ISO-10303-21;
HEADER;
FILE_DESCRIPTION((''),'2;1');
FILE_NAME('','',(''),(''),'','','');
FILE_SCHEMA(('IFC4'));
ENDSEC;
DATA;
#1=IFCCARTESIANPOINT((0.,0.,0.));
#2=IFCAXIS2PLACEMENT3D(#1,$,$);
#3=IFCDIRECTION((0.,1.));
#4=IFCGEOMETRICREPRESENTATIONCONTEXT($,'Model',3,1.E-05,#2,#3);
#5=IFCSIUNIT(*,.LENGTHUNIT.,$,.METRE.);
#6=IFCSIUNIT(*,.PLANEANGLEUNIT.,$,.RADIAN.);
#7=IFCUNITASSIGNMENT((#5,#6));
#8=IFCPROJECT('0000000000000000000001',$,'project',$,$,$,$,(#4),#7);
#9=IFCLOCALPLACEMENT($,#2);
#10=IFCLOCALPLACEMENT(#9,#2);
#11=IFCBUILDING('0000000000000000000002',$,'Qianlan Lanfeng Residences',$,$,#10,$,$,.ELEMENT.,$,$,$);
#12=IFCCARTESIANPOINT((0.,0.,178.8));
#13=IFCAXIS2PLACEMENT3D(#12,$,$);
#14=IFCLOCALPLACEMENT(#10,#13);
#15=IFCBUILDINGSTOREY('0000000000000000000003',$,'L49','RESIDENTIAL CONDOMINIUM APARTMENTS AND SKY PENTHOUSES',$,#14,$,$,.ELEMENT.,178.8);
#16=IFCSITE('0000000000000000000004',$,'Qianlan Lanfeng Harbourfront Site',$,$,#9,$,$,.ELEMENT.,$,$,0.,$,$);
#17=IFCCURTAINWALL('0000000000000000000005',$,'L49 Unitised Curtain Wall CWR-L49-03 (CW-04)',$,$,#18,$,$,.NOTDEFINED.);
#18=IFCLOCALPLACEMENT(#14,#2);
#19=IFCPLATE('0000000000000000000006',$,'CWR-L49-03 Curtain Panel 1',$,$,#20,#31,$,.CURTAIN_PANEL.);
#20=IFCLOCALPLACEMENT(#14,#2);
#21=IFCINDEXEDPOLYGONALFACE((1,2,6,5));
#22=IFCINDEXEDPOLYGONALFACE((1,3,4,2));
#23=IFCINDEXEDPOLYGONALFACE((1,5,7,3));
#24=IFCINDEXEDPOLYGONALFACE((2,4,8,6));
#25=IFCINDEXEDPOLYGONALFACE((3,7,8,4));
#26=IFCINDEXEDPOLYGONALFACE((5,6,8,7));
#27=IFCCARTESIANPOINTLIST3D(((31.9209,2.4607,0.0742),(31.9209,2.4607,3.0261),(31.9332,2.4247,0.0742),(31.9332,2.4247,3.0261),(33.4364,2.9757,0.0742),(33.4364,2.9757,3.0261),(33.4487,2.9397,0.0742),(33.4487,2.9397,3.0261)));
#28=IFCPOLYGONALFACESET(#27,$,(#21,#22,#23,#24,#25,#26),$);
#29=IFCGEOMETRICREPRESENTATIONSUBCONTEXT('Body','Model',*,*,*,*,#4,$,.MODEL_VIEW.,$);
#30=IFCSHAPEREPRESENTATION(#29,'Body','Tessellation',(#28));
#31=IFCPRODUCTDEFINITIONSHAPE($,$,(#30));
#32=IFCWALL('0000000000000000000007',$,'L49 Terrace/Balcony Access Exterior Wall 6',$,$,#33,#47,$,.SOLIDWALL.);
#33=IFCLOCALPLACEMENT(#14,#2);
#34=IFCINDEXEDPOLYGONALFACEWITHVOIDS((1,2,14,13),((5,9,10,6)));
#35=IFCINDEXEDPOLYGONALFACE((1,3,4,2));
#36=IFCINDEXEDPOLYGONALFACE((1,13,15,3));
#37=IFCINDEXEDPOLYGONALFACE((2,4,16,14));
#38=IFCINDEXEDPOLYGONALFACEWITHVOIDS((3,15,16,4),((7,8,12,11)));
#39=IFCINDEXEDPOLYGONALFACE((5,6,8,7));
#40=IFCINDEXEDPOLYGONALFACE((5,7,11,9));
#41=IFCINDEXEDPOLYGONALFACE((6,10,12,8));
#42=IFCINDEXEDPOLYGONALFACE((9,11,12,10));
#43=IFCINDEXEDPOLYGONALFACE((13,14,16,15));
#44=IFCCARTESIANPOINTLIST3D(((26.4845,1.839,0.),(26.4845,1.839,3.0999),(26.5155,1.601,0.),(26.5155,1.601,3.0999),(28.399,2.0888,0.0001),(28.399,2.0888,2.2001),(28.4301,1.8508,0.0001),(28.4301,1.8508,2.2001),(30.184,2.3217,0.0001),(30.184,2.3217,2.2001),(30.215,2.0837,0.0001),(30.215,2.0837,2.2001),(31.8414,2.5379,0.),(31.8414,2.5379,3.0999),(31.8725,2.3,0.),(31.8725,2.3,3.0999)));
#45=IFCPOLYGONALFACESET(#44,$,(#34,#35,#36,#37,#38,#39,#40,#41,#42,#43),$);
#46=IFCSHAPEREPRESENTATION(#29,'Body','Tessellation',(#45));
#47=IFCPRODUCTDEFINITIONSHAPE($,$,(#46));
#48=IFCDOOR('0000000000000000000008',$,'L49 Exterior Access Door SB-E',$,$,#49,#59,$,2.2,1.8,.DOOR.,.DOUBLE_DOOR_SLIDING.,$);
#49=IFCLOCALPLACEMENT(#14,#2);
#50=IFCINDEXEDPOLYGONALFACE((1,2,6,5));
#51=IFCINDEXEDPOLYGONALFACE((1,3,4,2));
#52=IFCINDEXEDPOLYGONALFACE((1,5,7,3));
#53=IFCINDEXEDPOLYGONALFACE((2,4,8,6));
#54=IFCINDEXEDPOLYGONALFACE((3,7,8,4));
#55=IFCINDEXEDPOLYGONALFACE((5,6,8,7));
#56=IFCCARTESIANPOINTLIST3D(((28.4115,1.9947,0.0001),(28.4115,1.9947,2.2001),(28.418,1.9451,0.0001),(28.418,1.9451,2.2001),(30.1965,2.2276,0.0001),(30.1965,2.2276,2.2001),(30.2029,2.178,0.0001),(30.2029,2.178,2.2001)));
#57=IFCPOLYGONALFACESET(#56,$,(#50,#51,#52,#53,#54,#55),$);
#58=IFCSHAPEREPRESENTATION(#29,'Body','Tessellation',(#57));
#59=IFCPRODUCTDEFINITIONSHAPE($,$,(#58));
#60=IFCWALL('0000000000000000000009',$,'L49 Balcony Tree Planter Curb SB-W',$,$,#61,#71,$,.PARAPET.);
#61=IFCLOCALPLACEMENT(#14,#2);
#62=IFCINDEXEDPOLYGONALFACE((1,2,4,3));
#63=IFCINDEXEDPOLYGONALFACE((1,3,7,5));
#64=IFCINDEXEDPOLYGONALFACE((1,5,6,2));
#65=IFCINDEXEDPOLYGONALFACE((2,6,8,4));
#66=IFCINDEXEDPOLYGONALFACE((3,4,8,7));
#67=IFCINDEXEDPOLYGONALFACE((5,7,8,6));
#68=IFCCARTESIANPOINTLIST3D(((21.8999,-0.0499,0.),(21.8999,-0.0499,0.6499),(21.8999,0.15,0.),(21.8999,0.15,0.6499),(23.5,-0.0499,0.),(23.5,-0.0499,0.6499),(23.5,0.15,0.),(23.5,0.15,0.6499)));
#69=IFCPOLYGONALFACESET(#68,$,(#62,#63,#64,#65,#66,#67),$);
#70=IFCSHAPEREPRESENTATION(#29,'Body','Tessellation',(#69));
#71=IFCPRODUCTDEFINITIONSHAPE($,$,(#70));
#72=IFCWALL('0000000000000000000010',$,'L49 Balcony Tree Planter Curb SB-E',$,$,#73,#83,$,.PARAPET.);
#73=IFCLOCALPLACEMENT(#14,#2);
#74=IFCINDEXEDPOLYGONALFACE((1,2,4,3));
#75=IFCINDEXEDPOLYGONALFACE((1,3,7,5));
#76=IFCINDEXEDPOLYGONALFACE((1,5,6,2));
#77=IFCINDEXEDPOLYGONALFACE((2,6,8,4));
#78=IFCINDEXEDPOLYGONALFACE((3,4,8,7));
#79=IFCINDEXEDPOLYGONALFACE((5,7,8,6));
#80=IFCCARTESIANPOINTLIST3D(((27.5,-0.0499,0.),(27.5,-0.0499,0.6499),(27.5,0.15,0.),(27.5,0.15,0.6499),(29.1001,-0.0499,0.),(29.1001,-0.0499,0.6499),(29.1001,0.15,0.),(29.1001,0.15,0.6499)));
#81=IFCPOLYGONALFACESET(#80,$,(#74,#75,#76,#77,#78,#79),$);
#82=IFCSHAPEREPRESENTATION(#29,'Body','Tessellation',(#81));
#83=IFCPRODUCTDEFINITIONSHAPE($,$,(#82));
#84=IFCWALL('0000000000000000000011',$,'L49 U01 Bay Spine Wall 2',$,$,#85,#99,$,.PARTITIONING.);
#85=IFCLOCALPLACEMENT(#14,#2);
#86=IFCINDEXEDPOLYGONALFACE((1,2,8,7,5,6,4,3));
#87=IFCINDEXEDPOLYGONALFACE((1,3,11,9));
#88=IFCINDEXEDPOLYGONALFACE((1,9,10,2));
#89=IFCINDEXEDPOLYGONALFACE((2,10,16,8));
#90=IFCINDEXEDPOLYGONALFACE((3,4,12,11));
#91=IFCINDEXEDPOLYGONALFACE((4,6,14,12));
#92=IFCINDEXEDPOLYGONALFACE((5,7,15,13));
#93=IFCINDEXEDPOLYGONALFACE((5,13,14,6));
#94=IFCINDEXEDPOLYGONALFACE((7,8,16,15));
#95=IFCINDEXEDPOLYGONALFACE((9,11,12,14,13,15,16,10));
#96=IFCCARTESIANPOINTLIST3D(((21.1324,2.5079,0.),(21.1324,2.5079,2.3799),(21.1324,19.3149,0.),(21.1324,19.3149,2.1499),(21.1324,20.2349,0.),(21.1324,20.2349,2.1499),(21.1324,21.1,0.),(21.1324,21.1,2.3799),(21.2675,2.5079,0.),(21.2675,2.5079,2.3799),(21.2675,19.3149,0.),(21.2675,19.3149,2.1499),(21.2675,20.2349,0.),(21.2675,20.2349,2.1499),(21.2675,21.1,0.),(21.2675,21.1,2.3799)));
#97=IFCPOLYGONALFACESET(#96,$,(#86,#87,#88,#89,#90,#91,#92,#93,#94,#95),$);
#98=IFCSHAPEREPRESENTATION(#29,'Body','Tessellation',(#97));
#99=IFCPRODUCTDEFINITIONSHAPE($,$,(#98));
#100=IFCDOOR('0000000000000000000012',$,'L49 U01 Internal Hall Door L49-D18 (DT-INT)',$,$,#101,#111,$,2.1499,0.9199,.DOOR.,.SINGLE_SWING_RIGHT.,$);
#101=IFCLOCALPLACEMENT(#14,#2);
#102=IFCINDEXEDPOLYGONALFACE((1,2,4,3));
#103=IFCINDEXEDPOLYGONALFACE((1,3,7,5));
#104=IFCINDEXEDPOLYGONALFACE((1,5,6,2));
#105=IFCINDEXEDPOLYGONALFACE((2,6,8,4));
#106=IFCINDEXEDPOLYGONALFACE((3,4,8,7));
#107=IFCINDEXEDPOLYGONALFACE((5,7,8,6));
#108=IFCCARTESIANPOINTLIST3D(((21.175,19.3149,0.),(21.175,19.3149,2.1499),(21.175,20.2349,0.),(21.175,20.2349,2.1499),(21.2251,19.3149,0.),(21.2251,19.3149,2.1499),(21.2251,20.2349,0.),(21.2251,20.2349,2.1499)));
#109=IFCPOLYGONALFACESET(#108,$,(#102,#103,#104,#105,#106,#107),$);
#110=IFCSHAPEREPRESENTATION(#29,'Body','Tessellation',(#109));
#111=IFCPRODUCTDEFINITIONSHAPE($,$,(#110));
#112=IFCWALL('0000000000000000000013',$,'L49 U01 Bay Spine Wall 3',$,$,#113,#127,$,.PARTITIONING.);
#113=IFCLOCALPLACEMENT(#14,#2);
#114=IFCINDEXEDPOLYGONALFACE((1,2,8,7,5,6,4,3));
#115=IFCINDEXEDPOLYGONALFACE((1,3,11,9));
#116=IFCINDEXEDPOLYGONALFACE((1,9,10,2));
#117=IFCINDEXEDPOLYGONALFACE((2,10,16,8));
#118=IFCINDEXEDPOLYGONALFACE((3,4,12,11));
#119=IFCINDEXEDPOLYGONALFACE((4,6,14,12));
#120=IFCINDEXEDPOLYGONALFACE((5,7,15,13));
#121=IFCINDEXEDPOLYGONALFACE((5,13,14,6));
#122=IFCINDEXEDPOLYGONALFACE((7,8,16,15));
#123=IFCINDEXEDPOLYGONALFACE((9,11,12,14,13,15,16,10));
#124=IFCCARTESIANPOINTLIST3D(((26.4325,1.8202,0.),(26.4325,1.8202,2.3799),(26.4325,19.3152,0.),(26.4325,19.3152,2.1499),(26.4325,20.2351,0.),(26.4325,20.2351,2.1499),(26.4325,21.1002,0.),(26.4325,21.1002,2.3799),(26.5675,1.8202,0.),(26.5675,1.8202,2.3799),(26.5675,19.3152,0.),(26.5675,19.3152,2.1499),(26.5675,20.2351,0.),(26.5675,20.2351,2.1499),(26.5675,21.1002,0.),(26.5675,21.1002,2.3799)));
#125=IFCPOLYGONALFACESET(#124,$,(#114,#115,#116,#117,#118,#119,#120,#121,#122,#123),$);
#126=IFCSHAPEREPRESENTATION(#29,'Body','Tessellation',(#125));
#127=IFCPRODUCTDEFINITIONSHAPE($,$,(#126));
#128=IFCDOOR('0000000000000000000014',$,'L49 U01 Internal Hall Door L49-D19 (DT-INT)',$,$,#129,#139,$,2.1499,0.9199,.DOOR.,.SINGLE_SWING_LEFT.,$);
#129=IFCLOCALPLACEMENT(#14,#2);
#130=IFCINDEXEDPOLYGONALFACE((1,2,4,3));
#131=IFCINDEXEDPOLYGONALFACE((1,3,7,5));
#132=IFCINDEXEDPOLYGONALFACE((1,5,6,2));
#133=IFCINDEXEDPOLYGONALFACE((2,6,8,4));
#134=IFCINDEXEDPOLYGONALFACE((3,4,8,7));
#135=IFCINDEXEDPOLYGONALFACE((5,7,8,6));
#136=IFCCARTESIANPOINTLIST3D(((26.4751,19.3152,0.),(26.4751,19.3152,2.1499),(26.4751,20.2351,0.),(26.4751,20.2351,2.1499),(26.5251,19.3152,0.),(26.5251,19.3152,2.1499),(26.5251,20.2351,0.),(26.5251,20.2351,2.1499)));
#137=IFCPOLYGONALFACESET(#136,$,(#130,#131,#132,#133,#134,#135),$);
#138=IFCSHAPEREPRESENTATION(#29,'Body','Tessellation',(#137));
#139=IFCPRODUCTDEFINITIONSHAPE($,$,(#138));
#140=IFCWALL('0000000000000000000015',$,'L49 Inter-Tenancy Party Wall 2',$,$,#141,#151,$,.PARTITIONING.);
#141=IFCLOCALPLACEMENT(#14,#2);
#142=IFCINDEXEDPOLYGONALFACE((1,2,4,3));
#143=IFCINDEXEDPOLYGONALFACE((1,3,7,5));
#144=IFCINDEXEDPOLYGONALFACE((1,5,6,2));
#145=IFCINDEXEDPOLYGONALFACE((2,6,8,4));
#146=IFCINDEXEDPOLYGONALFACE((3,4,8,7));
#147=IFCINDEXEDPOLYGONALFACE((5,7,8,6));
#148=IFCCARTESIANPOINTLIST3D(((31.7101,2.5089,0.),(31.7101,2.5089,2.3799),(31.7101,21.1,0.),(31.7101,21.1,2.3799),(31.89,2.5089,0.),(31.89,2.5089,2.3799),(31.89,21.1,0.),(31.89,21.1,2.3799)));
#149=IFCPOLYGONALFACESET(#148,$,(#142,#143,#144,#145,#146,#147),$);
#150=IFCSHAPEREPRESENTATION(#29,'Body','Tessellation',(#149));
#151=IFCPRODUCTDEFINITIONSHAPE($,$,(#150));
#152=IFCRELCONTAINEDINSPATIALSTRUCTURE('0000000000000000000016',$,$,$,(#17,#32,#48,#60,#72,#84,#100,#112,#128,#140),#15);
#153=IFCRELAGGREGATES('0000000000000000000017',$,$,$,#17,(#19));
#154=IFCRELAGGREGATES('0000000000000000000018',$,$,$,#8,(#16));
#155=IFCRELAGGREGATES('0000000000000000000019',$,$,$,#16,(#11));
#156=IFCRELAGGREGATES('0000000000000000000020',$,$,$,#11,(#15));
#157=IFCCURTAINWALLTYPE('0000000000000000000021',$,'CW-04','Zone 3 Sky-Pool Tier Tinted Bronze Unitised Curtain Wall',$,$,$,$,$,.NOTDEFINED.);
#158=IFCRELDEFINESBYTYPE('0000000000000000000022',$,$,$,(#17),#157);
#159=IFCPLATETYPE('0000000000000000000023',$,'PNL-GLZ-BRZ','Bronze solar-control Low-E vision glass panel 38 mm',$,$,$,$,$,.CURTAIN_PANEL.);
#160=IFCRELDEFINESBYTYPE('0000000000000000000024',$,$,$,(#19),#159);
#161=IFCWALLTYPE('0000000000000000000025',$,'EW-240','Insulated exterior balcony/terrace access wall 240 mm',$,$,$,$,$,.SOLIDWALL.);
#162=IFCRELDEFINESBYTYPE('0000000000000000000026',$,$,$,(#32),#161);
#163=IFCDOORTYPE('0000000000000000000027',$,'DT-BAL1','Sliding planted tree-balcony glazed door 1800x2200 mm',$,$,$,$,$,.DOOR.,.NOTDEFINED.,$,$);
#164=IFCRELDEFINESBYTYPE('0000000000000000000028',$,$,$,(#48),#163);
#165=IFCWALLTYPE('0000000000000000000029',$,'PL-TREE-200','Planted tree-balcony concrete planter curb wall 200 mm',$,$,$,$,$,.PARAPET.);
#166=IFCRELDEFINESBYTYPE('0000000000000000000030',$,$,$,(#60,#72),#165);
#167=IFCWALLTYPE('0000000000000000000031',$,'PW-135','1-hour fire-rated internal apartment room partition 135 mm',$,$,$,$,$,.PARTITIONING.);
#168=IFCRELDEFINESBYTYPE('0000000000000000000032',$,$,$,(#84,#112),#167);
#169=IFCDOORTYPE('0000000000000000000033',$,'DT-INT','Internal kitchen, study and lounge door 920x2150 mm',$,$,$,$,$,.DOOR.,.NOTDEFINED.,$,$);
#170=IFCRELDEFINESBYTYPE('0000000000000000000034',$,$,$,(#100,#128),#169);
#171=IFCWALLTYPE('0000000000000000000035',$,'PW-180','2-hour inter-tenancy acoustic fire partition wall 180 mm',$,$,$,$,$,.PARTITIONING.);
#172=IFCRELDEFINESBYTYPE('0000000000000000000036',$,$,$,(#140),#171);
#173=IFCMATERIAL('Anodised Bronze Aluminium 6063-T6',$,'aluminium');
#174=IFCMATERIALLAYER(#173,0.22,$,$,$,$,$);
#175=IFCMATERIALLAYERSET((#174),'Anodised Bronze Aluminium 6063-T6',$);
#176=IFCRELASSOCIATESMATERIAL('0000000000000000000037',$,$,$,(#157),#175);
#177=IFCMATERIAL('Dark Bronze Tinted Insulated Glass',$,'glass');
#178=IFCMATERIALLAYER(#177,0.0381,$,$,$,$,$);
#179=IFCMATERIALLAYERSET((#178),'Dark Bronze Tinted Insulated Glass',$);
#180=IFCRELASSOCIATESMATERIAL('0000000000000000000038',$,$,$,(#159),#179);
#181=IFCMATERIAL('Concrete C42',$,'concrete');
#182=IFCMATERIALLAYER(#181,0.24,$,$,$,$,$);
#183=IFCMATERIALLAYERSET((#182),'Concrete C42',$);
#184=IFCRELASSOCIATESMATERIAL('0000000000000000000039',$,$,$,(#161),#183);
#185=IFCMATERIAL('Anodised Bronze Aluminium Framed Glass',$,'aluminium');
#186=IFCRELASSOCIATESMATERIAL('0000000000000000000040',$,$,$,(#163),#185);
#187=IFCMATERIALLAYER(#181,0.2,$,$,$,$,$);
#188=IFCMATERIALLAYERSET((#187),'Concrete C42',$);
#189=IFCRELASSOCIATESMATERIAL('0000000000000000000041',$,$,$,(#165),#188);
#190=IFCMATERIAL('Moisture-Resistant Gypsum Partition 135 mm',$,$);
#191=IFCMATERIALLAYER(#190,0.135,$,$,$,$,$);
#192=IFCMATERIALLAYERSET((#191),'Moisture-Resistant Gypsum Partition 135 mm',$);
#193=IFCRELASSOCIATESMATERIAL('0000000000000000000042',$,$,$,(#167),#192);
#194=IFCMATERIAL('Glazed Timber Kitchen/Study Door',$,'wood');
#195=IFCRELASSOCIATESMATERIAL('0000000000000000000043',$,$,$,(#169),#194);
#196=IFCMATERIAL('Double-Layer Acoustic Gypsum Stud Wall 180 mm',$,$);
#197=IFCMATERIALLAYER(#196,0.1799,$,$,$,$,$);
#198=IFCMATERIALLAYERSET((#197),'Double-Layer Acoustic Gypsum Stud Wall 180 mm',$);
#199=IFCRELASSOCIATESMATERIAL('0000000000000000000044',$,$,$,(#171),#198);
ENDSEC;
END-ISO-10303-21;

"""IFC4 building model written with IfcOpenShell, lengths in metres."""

from ifc_helpers import new_model, si_unit, direction, frame, frame_2d, origin, origin_2d, place, context, subcontext, project, spatial, rectangle, extrude, source, transform, mapped, material, layer, layer_set, type_object, element, fill, aggregate, save


model = new_model("IFC4")

# Units and contexts
model_context = context("Model", 3, precision=1e-05, world=origin(), true_north=direction((0.0, 1.0)))
body_context = subcontext(model_context, "Body", "Model", "MODEL_VIEW")
ifc_project = project(units=[si_unit("LENGTHUNIT", "METRE"), si_unit("PLANEANGLEUNIT", "RADIAN")], contexts=[model_context])

# Site, building, storey
site_placement = place(None, origin())
site = spatial("IfcSite", under=ifc_project, at=site_placement, Name="Qianlan Lanfeng Harbourfront Site", CompositionType="ELEMENT", RefElevation=0.0)
building_placement = place(site_placement, origin())
building = spatial("IfcBuilding", under=site, at=building_placement, Name="Qianlan Lanfeng Residences", CompositionType="ELEMENT")
storey_placement = place(building_placement, frame((0.0, 0.0, 178.8)))
storey = spatial("IfcBuildingStorey", under=building, at=storey_placement, Name="L49", Description="RESIDENTIAL CONDOMINIUM APARTMENTS AND SKY PENTHOUSES", CompositionType="ELEMENT", Elevation=178.8)

# Curtain wall, plate
ifc_material_1 = material(Name="Anodised Bronze Aluminium 6063-T6", Category="aluminium")
ifc_layer_1 = layer(ifc_material_1, 0.22)
ifc_layer_set_1 = layer_set([ifc_layer_1], Name="Anodised Bronze Aluminium 6063-T6")
curtain_wall_type = type_object("IfcCurtainWallType", Name="CW-04", Description="Zone 3 Sky-Pool Tier Tinted Bronze Unitised Curtain Wall", PredefinedType="NOTDEFINED", material=ifc_layer_set_1)
curtain_wall_placement = place(storey_placement, origin())
curtain_wall = element("IfcCurtainWall", 1, at=curtain_wall_placement, inside=storey, type_object=curtain_wall_type, Name="L49 Unitised Curtain Wall CWR-L49-03 (CW-04)", PredefinedType="NOTDEFINED")
ifc_material_2 = material(Name="Dark Bronze Tinted Insulated Glass", Category="glass")
ifc_layer_2 = layer(ifc_material_2, 0.0381)
ifc_layer_set_2 = layer_set([ifc_layer_2], Name="Dark Bronze Tinted Insulated Glass")
plate_type = type_object("IfcPlateType", Name="PNL-GLZ-BRZ", Description="Bronze solar-control Low-E vision glass panel 38 mm", PredefinedType="CURTAIN_PANEL", material=ifc_layer_set_2)
shared_shape_1 = source(origin(), body_context, "Body", "SweptSolid", [
    extrude(rectangle(XDim=1.6006, YDim=0.0381, at=origin_2d()), origin(), (0.0, 0.0, 1.0), 2.9519),
])
plate_placement = place(storey_placement, frame((32.6848, 2.7002, 0.0742), z_axis=(0.0, 0.0, 1.0), x_axis=(0.946826, 0.321745, 0.0)))
plate = element("IfcPlate", 2, at=plate_placement, type_object=plate_type, Name="CWR-L49-03 Curtain Panel 1", PredefinedType="CURTAIN_PANEL", context=body_context, shape_type="MappedRepresentation", body=[
    mapped(shared_shape_1, transform((0.0, 0.0, 0.0), scale=1.0)),
])
aggregate(curtain_wall, [plate])

# Wall, opening, door
ifc_material_3 = material(Name="Concrete C42", Category="concrete")
ifc_layer_3 = layer(ifc_material_3, 0.24)
ifc_layer_set_3 = layer_set([ifc_layer_3], Name="Concrete C42")
wall_type_1 = type_object("IfcWallType", Name="EW-240", Description="Insulated exterior balcony/terrace access wall 240 mm", PredefinedType="SOLIDWALL", material=ifc_layer_set_3)
wall_1_placement = place(storey_placement, frame((26.5, 1.72, 0.0), z_axis=(0.0, 0.0, 1.0), x_axis=(0.991595, 0.129384, 0.0)))
wall_1 = element("IfcWall", 3, at=wall_1_placement, inside=storey, type_object=wall_type_1, Name="L49 Terrace/Balcony Access Exterior Wall 6", PredefinedType="SOLIDWALL", context=body_context, shape_type="SweptSolid", body=[
    extrude(rectangle(XDim=5.4023, YDim=0.24, at=frame_2d((2.7012, 0.0))), origin(), (0.0, 0.0, 1.0), 3.0999),
])
opening_1_placement = place(wall_1_placement, frame((1.9309, 0.0, 0.0)))
opening_1 = element("IfcOpeningElement", 4, at=opening_1_placement, cuts=wall_1, PredefinedType="OPENING", context=body_context, shape_type="SweptSolid", body=[
    extrude(rectangle(XDim=1.8, YDim=2.2, at=frame_2d((0.8999, 1.1001))), frame((0.0, 0.1299, 0.0), z_axis=(0.0, -1.0, 0.0), x_axis=(1.0, 0.0, 0.0)), (0.0, 0.0, 1.0), 0.26),
])
ifc_material_4 = material(Name="Anodised Bronze Aluminium Framed Glass", Category="aluminium")
door_type_1 = type_object("IfcDoorType", Name="DT-BAL1", Description="Sliding planted tree-balcony glazed door 1800x2200 mm", OperationType="NOTDEFINED", PredefinedType="DOOR", material=ifc_material_4)
door_1_placement = place(opening_1_placement, frame((1.8, 0.0, 0.0), z_axis=(0.0, 0.0, 1.0), x_axis=(-1.0, 0.0, 0.0)))
door_1 = element("IfcDoor", 5, at=door_1_placement, inside=storey, type_object=door_type_1, Name="L49 Exterior Access Door SB-E", OperationType="DOUBLE_DOOR_SLIDING", OverallHeight=2.2, OverallWidth=1.8, PredefinedType="DOOR", context=body_context, shape_type="SweptSolid", body=[
    extrude(rectangle(XDim=1.8, YDim=2.2, at=frame_2d((0.8999, 1.1001))), frame((0.0, 0.0249, 0.0), z_axis=(0.0, -1.0, 0.0), x_axis=(1.0, 0.0, 0.0)), (0.0, 0.0, 1.0), 0.05),
])
fill(opening_1, door_1)

# Walls
ifc_layer_4 = layer(ifc_material_3, 0.2)
ifc_layer_set_4 = layer_set([ifc_layer_4], Name="Concrete C42")
wall_type_2 = type_object("IfcWallType", Name="PL-TREE-200", Description="Planted tree-balcony concrete planter curb wall 200 mm", PredefinedType="PARAPET", material=ifc_layer_set_4)
for number, where, z_axis, x_axis, name in (
    (6, (21.8999, 0.05, 0.0), (0.0, 0.0, 1.0), (1.0, 0.0, 0.0), "L49 Balcony Tree Planter Curb SB-W"),
    (7, (27.5, 0.05, 0.0), (0.0, 0.0, 1.0), (1.0, 0.0, 0.0), "L49 Balcony Tree Planter Curb SB-E"),
):
    element("IfcWall", number, at=place(storey_placement, frame(where, z_axis=z_axis, x_axis=x_axis)), inside=storey, type_object=wall_type_2, Name=name, PredefinedType="PARAPET", context=body_context, shape_type="SweptSolid", body=[
        extrude(rectangle(XDim=1.6001, YDim=0.2, at=frame_2d((0.8, 0.0))), origin(), (0.0, 0.0, 1.0), 0.6499),
    ])

# Walls, openings, doors
ifc_material_5 = material(Name="Moisture-Resistant Gypsum Partition 135 mm")
ifc_layer_5 = layer(ifc_material_5, 0.135)
ifc_layer_set_5 = layer_set([ifc_layer_5], Name="Moisture-Resistant Gypsum Partition 135 mm")
wall_type_3 = type_object("IfcWallType", Name="PW-135", Description="1-hour fire-rated internal apartment room partition 135 mm", PredefinedType="PARTITIONING", material=ifc_layer_set_5)
wall_2_placement = place(storey_placement, frame((21.2, 2.5081, 0.0), z_axis=(0.0, 0.0, 1.0), x_axis=(0.0, 1.0, 0.0)))
wall_2 = element("IfcWall", 8, at=wall_2_placement, inside=storey, type_object=wall_type_3, Name="L49 U01 Bay Spine Wall 2", PredefinedType="PARTITIONING", context=body_context, shape_type="SweptSolid", body=[
    extrude(rectangle(XDim=18.592, YDim=0.135, at=frame_2d((9.2959, 0.0))), origin(), (0.0, 0.0, 1.0), 2.3799),
])
opening_2_placement = place(wall_2_placement, frame((16.8069, 0.0, 0.0)))
opening_2 = element("IfcOpeningElement", 9, at=opening_2_placement, cuts=wall_2, PredefinedType="OPENING", context=body_context, shape_type="SweptSolid", body=[
    extrude(rectangle(XDim=0.9199, YDim=2.1499, at=frame_2d((0.46, 1.075))), frame((0.0, 0.0776, 0.0), z_axis=(0.0, -1.0, 0.0), x_axis=(1.0, 0.0, 0.0)), (0.0, 0.0, 1.0), 0.155),
])
ifc_material_6 = material(Name="Glazed Timber Kitchen/Study Door", Category="wood")
door_type_2 = type_object("IfcDoorType", Name="DT-INT", Description="Internal kitchen, study and lounge door 920x2150 mm", OperationType="NOTDEFINED", PredefinedType="DOOR", material=ifc_material_6)
door_2_placement = place(opening_2_placement, origin())
door_2 = element("IfcDoor", 10, at=door_2_placement, inside=storey, type_object=door_type_2, Name="L49 U01 Internal Hall Door L49-D18 (DT-INT)", OperationType="SINGLE_SWING_RIGHT", OverallHeight=2.1499, OverallWidth=0.9199, PredefinedType="DOOR", context=body_context, shape_type="SweptSolid", body=[
    extrude(rectangle(XDim=0.9199, YDim=2.1499, at=frame_2d((0.46, 1.075))), frame((0.0, 0.0249, 0.0), z_axis=(0.0, -1.0, 0.0), x_axis=(1.0, 0.0, 0.0)), (0.0, 0.0, 1.0), 0.05),
])
fill(opening_2, door_2)
wall_3_placement = place(storey_placement, frame((26.5, 1.8201, 0.0), z_axis=(0.0, 0.0, 1.0), x_axis=(0.0, 1.0, 0.0)))
wall_3 = element("IfcWall", 11, at=wall_3_placement, inside=storey, type_object=wall_type_3, Name="L49 U01 Bay Spine Wall 3", PredefinedType="PARTITIONING", context=body_context, shape_type="SweptSolid", body=[
    extrude(rectangle(XDim=19.28, YDim=0.135, at=frame_2d((9.6401, 0.0))), origin(), (0.0, 0.0, 1.0), 2.3799),
])
opening_3_placement = place(wall_3_placement, frame((17.4951, 0.0, 0.0)))
opening_3 = element("IfcOpeningElement", 12, at=opening_3_placement, cuts=wall_3, PredefinedType="OPENING", context=body_context, shape_type="SweptSolid", body=[
    extrude(rectangle(XDim=0.9199, YDim=2.1499, at=frame_2d((0.46, 1.075))), frame((0.0, 0.0776, 0.0), z_axis=(0.0, -1.0, 0.0), x_axis=(1.0, 0.0, 0.0)), (0.0, 0.0, 1.0), 0.155),
])
door_3_placement = place(opening_3_placement, origin())
door_3 = element("IfcDoor", 13, at=door_3_placement, inside=storey, type_object=door_type_2, Name="L49 U01 Internal Hall Door L49-D19 (DT-INT)", OperationType="SINGLE_SWING_LEFT", OverallHeight=2.1499, OverallWidth=0.9199, PredefinedType="DOOR", context=body_context, shape_type="SweptSolid", body=[
    extrude(rectangle(XDim=0.9199, YDim=2.1499, at=frame_2d((0.46, 1.075))), frame((0.0, 0.0249, 0.0), z_axis=(0.0, -1.0, 0.0), x_axis=(1.0, 0.0, 0.0)), (0.0, 0.0, 1.0), 0.05),
])
fill(opening_3, door_3)

# Wall
ifc_material_7 = material(Name="Double-Layer Acoustic Gypsum Stud Wall 180 mm")
ifc_layer_6 = layer(ifc_material_7, 0.1799)
ifc_layer_set_6 = layer_set([ifc_layer_6], Name="Double-Layer Acoustic Gypsum Stud Wall 180 mm")
wall_type_4 = type_object("IfcWallType", Name="PW-180", Description="2-hour inter-tenancy acoustic fire partition wall 180 mm", PredefinedType="PARTITIONING", material=ifc_layer_set_6)
wall_4_placement = place(storey_placement, frame((31.8, 2.509, 0.0), z_axis=(0.0, 0.0, 1.0), x_axis=(0.0, 1.0, 0.0)))
element("IfcWall", 14, at=wall_4_placement, inside=storey, type_object=wall_type_4, Name="L49 Inter-Tenancy Party Wall 2", PredefinedType="PARTITIONING", context=body_context, shape_type="SweptSolid", body=[
    extrude(rectangle(XDim=18.5911, YDim=0.1799, at=frame_2d((9.2954, 0.0))), origin(), (0.0, 0.0, 1.0), 2.3799),
])

save(model, "model.ifc")
